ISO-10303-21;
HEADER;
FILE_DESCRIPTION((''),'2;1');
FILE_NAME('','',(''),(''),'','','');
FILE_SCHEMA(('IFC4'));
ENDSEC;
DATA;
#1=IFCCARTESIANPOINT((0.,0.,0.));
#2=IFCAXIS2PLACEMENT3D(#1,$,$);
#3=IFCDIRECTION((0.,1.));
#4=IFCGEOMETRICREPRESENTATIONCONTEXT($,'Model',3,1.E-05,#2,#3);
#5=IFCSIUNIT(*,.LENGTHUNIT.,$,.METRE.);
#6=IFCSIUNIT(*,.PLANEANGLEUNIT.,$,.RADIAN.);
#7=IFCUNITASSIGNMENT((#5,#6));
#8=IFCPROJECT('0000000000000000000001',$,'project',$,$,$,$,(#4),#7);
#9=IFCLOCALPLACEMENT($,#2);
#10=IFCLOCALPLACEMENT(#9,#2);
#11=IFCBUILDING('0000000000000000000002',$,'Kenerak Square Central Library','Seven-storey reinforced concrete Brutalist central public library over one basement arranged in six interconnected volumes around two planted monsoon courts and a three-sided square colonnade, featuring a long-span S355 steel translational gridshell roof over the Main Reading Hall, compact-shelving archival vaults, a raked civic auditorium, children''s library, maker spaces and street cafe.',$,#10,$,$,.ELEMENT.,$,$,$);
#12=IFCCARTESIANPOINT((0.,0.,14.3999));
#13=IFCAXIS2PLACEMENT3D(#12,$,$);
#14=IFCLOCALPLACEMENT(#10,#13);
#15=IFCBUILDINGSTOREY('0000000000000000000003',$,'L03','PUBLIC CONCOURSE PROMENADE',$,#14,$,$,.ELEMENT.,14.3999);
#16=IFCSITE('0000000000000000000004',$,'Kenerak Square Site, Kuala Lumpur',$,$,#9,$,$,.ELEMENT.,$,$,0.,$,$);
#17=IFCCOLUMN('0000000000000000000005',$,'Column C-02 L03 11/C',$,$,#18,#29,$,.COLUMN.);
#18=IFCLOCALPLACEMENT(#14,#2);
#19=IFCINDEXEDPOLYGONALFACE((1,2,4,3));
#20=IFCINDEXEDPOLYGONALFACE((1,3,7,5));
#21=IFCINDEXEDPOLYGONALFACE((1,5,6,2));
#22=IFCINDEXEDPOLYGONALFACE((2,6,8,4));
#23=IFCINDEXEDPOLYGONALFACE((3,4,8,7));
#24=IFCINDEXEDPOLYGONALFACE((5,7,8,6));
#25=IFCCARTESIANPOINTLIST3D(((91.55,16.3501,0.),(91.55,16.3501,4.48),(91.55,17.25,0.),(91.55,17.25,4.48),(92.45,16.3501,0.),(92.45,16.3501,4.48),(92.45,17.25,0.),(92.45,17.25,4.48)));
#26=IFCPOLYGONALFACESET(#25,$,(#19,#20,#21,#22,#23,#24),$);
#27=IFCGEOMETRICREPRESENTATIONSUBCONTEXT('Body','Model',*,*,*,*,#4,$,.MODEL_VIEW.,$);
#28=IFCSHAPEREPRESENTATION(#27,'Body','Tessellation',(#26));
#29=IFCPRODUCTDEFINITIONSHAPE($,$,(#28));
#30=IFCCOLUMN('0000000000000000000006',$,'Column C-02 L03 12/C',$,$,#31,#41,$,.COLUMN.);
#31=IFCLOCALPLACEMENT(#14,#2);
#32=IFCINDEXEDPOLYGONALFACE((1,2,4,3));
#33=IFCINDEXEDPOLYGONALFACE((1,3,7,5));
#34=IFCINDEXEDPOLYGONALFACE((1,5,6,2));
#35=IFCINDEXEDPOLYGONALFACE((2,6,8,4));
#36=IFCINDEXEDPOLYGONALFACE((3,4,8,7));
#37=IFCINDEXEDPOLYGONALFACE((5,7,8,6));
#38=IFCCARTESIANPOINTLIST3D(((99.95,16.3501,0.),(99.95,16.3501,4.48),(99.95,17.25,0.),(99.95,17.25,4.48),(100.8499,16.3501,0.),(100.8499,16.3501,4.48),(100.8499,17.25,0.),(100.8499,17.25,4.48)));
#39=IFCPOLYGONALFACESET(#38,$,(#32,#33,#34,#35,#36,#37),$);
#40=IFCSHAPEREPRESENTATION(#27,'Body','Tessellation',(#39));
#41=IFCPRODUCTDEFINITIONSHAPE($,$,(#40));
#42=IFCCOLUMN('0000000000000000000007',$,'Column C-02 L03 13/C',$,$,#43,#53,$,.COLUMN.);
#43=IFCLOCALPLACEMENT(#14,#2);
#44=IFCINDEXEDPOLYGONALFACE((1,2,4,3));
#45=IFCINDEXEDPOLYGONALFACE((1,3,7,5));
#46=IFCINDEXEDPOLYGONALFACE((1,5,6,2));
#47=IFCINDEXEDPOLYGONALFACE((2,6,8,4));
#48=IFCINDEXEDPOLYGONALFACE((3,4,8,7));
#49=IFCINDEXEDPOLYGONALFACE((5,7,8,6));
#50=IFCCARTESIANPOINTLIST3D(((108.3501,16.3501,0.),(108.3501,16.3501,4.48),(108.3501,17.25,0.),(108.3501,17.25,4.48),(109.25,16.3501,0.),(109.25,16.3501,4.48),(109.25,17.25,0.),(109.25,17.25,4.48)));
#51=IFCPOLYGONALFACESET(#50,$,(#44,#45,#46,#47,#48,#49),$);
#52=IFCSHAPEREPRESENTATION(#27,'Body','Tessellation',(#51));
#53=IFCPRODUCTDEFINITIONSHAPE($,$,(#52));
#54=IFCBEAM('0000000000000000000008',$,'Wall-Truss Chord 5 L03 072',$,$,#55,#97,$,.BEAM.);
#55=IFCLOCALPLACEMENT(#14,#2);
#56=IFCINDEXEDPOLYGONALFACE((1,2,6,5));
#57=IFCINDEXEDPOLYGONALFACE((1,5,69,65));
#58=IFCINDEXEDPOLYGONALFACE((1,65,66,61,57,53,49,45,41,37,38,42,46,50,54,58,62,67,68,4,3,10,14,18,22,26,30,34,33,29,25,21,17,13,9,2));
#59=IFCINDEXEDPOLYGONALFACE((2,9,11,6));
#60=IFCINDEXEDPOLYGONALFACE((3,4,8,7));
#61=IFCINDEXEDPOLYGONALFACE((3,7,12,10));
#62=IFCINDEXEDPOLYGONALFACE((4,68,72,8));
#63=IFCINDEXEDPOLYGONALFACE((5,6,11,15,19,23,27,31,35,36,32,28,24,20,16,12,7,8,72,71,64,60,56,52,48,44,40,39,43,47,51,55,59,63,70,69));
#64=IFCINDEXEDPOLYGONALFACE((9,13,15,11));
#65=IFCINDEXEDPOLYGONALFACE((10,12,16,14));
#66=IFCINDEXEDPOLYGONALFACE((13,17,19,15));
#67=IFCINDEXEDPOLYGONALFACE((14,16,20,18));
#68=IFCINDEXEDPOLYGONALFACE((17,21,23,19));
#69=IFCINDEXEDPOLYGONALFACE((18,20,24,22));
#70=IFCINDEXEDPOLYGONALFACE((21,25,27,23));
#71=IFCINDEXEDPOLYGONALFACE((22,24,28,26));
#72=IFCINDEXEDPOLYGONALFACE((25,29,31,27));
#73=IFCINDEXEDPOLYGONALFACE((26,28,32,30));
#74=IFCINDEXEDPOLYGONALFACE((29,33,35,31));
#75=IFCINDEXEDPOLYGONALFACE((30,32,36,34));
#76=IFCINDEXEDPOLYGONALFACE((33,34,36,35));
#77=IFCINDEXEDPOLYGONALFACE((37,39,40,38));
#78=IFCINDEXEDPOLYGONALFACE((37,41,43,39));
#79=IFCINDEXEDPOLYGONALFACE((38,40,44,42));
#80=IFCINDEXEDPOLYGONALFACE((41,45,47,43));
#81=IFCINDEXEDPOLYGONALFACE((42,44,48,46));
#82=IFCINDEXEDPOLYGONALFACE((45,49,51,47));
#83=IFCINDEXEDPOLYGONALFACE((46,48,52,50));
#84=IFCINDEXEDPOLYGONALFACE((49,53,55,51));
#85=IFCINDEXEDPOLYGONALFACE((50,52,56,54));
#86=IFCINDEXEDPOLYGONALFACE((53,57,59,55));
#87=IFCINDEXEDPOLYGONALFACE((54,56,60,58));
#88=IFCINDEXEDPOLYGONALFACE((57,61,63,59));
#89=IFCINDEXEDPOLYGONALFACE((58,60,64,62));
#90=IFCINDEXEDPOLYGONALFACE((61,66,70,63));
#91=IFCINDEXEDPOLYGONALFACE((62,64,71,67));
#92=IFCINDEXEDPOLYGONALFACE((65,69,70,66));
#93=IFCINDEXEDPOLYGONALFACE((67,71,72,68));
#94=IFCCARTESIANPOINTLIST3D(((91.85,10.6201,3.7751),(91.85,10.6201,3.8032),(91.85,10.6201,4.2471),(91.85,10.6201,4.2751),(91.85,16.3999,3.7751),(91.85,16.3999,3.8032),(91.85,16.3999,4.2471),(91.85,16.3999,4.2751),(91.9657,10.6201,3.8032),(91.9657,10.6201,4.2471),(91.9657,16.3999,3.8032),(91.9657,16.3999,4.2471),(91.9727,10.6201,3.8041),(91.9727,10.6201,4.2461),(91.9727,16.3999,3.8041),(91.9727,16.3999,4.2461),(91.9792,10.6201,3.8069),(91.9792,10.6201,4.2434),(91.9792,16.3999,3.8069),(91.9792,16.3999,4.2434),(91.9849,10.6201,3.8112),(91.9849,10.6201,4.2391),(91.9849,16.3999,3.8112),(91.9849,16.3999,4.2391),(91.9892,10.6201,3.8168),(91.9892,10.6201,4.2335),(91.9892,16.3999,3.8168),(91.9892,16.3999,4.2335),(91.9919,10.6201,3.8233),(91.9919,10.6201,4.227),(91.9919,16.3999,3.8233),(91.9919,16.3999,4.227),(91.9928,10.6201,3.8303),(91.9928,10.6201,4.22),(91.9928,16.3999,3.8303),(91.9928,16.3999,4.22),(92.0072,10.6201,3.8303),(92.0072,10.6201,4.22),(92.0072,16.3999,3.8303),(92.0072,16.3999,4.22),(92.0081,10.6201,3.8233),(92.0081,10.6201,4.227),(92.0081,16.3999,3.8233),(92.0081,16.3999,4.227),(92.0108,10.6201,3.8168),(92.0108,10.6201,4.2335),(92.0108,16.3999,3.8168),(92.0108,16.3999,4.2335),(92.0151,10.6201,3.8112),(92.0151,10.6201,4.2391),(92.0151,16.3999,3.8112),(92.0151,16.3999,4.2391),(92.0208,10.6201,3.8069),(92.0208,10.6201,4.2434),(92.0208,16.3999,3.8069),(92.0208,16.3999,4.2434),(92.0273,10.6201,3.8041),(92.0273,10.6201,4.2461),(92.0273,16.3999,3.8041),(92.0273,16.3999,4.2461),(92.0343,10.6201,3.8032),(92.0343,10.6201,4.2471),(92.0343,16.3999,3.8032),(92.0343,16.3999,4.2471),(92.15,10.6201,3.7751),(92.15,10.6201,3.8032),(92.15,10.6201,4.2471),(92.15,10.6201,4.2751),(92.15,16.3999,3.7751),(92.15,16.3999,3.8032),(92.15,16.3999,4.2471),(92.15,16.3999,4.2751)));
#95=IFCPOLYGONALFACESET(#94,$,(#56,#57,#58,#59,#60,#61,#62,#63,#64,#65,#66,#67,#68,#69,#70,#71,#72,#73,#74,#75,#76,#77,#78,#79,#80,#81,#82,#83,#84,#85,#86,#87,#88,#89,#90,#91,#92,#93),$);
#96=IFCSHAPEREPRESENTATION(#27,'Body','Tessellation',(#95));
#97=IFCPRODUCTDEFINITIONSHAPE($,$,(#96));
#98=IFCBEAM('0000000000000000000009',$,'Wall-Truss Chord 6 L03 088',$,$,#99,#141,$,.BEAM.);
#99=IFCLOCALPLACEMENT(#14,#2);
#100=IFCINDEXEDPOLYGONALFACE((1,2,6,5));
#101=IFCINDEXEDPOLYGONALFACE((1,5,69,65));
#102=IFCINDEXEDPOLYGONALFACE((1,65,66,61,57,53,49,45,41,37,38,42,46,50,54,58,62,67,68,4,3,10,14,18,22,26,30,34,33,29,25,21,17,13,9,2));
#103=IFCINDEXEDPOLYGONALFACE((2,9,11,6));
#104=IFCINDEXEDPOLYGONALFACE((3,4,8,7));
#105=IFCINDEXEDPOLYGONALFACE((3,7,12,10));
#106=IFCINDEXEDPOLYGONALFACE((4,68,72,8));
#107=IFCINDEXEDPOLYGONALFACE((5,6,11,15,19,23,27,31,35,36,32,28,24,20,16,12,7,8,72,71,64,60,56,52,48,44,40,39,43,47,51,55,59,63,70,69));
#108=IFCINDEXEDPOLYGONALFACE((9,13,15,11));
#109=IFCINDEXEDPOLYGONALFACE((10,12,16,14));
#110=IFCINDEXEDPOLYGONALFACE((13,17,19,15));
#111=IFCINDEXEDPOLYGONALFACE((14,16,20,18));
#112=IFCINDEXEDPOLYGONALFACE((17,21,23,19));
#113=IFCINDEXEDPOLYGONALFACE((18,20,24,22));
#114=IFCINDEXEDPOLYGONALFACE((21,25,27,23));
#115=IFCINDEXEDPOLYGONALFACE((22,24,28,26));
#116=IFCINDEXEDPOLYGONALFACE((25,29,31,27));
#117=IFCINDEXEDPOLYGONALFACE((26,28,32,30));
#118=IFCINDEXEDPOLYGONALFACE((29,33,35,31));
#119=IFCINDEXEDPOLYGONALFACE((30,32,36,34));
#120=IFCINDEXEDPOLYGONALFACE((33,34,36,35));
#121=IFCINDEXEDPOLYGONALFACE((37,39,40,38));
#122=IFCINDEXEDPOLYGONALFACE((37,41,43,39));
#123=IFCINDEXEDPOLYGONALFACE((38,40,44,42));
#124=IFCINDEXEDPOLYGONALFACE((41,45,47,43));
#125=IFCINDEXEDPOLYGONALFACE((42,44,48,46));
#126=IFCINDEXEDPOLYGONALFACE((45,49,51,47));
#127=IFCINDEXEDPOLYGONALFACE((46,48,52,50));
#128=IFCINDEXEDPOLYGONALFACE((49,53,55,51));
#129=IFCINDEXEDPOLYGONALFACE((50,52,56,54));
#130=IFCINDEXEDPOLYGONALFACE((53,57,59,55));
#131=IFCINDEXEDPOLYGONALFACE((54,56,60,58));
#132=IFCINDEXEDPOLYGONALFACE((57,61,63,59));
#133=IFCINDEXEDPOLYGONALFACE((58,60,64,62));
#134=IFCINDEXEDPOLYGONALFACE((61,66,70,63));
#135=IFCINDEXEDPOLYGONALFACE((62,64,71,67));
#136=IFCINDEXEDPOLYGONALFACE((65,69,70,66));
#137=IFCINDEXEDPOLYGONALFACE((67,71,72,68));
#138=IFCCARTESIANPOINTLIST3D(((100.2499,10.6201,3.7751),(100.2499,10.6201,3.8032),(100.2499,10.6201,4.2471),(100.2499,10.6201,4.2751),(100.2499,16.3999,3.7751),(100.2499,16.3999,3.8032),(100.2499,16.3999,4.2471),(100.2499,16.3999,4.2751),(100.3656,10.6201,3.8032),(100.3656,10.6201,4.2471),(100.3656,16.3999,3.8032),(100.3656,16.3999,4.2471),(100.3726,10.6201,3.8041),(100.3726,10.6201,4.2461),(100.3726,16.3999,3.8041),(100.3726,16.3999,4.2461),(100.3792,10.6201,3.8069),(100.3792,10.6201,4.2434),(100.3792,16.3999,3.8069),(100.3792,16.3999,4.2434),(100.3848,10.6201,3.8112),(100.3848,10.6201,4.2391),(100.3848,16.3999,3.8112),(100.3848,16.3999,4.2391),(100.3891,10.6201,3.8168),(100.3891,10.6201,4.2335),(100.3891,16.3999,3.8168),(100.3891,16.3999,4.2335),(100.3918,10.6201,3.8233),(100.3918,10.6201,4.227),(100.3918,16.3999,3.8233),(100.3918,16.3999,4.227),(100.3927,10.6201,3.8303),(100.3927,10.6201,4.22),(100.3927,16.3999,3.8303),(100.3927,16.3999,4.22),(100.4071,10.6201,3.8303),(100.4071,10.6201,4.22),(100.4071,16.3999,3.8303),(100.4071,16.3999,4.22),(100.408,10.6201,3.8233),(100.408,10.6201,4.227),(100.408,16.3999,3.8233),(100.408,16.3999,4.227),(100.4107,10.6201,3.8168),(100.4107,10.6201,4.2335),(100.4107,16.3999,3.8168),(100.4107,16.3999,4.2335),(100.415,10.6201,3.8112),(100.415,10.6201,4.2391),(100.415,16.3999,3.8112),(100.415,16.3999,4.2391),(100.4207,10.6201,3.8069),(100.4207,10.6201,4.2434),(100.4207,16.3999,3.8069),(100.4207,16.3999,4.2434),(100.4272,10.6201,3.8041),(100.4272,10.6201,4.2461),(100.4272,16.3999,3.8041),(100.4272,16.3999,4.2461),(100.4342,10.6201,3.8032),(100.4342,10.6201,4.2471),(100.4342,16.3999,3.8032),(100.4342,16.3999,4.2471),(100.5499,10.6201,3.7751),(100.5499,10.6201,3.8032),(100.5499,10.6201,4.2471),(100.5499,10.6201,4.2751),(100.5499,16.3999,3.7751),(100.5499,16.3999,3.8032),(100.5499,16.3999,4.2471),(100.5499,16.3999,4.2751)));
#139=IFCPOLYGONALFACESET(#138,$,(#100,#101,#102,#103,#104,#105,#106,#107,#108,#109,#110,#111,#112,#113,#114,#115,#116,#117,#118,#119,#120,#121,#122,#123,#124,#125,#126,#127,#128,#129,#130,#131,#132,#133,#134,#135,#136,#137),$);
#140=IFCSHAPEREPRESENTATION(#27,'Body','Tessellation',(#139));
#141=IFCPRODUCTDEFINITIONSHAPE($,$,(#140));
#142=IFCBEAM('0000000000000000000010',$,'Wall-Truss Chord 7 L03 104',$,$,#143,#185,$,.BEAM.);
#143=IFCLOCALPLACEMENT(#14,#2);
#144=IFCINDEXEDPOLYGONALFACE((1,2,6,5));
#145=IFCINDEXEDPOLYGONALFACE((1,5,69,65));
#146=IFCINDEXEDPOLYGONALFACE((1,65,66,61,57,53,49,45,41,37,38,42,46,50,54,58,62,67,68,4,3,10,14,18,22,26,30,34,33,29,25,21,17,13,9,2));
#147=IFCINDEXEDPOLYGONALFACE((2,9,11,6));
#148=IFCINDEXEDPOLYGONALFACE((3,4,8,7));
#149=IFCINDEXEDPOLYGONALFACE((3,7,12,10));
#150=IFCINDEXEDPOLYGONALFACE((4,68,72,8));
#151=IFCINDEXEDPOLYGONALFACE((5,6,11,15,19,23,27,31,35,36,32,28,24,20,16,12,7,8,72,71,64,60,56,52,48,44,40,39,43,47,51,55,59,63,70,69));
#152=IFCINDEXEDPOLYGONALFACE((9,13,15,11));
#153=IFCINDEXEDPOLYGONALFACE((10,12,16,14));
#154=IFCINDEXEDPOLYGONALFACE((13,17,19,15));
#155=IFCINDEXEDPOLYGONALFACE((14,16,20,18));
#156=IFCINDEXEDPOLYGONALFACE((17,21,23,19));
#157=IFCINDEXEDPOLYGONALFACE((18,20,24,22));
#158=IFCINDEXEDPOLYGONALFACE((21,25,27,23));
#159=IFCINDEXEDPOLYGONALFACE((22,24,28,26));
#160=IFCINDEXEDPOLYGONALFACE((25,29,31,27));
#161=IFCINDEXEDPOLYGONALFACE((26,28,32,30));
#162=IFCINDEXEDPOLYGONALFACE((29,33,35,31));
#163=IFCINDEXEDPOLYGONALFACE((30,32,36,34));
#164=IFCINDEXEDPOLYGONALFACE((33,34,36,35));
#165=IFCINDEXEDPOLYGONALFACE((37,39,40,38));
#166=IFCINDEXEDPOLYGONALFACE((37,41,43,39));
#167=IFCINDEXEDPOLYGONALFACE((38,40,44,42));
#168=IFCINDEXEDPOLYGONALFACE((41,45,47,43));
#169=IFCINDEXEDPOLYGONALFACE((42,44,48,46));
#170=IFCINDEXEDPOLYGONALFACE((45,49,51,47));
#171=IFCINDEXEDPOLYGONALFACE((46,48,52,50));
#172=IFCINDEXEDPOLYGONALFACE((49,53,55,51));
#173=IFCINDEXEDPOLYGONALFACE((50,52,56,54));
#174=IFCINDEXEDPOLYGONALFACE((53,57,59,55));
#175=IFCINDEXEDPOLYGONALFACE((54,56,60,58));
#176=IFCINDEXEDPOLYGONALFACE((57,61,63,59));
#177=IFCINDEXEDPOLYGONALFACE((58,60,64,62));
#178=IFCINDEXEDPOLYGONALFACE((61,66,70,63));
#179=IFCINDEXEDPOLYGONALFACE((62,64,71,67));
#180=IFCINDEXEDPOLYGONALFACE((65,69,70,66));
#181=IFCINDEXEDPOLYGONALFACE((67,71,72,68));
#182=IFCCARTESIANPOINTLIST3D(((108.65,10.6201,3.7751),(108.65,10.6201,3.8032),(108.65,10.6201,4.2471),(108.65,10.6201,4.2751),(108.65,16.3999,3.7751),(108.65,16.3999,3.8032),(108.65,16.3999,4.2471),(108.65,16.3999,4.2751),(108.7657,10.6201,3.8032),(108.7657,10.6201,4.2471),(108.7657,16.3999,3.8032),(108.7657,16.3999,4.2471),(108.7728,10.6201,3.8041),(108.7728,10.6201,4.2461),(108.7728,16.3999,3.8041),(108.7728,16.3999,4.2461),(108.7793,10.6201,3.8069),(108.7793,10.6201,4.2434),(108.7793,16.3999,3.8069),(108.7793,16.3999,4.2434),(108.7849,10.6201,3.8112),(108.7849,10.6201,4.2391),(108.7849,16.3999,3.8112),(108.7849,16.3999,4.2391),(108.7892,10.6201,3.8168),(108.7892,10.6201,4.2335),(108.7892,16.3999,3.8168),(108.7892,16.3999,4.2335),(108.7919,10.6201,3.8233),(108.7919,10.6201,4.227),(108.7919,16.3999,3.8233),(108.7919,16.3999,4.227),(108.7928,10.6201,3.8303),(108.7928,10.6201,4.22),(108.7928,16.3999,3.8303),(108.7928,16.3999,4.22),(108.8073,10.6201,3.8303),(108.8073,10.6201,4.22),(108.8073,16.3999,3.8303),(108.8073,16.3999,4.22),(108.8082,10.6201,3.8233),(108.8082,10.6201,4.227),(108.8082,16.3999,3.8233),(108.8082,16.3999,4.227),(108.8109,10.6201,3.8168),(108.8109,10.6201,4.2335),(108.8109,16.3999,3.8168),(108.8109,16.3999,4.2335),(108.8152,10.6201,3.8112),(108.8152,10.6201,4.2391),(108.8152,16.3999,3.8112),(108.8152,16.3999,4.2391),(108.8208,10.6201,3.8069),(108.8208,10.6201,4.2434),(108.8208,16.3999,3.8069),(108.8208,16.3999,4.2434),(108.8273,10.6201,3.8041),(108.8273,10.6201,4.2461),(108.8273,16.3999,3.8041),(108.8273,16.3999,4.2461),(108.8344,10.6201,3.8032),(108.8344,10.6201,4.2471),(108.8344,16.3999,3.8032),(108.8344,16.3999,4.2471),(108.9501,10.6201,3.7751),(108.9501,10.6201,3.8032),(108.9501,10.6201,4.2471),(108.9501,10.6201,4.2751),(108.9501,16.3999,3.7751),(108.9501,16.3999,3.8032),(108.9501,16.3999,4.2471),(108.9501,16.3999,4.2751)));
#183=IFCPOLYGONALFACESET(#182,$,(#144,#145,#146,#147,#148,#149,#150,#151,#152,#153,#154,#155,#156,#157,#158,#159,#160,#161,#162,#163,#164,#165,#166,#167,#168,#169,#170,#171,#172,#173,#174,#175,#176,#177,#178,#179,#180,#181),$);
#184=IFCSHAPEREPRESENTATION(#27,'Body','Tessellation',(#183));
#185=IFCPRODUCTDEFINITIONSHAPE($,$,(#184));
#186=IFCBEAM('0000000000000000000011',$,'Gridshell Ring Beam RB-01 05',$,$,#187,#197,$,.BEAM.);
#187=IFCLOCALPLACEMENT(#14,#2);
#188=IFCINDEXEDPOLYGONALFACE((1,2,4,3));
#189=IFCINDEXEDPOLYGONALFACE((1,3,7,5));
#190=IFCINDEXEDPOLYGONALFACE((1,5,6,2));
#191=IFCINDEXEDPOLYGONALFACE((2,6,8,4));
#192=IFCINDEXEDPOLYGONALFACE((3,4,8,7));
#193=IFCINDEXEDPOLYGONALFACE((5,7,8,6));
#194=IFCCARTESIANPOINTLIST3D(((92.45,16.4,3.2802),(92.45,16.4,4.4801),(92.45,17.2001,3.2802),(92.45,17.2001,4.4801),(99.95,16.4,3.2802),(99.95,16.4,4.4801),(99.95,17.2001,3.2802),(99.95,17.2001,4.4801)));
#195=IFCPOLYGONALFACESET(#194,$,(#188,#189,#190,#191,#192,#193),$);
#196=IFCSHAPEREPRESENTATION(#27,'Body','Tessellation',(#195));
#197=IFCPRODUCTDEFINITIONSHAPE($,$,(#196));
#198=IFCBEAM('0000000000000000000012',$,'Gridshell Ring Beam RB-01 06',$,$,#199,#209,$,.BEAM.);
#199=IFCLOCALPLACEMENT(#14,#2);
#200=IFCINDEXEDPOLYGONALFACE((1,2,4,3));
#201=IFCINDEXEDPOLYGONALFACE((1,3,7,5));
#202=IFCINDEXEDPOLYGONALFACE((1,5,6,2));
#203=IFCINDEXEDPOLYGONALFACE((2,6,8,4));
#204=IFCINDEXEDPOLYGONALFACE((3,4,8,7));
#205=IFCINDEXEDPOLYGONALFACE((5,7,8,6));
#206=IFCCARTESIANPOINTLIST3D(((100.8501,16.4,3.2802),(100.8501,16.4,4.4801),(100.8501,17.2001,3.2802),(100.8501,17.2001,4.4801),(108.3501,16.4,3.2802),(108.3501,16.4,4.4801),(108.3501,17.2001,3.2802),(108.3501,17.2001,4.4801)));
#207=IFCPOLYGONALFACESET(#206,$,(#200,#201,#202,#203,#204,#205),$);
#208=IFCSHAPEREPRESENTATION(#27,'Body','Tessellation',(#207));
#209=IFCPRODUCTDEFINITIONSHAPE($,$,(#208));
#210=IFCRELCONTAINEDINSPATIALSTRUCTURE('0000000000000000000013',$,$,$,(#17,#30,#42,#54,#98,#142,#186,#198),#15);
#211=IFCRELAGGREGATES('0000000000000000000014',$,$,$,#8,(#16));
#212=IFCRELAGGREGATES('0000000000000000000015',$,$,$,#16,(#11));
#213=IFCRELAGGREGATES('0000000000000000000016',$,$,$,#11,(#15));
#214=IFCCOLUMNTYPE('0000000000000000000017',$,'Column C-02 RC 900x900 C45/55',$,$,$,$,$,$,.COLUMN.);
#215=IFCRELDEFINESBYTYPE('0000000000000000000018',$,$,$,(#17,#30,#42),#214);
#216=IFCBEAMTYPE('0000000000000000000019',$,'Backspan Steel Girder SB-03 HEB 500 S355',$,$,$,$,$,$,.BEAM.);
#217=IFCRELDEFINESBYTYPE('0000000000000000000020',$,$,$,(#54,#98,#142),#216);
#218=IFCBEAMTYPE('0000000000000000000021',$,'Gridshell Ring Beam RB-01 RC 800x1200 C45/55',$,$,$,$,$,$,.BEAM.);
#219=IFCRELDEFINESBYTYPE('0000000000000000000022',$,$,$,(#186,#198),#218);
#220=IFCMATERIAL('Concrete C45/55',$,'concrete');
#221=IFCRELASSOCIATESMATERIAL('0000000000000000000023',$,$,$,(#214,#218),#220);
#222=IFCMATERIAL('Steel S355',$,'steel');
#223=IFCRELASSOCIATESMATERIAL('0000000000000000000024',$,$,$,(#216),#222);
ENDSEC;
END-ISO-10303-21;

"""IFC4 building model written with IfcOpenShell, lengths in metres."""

from ifc_helpers import new_model, si_unit, direction, frame, origin, origin_2d, place, context, subcontext, project, spatial, rectangle, i_section, extrude, material, material_profile, profile_set, type_object, element, save


model = new_model("IFC4")

# Units and contexts
model_context = context("Model", 3, precision=1e-05, world=origin(), true_north=direction((0.0, 1.0)))
body_context = subcontext(model_context, "Body", "Model", "MODEL_VIEW")
ifc_project = project(units=[si_unit("LENGTHUNIT", "METRE"), si_unit("PLANEANGLEUNIT", "RADIAN")], contexts=[model_context])

# Site, building, storey
site_placement = place(None, origin())
site = spatial("IfcSite", under=ifc_project, at=site_placement, Name="Kenerak Square Site, Kuala Lumpur", CompositionType="ELEMENT", RefElevation=0.0)
building_placement = place(site_placement, origin())
building = spatial("IfcBuilding", under=site, at=building_placement, Name="Kenerak Square Central Library", Description="Seven-storey reinforced concrete Brutalist central public library over one basement arranged in six interconnected volumes around two planted monsoon courts and a three-sided square colonnade, featuring a long-span S355 steel translational gridshell roof over the Main Reading Hall, compact-shelving archival vaults, a raked civic auditorium, children's library, maker spaces and street cafe.", CompositionType="ELEMENT")
storey_placement = place(building_placement, frame((0.0, 0.0, 14.3999)))
storey = spatial("IfcBuildingStorey", under=building, at=storey_placement, Name="L03", Description="PUBLIC CONCOURSE PROMENADE", CompositionType="ELEMENT", Elevation=14.3999)

# Columns
ifc_material_1 = material(Name="Concrete C45/55", Category="concrete")
ifc_material_profile_1 = material_profile(ifc_material_1, rectangle(XDim=0.8999, YDim=0.8999, at=origin_2d()), Name="RC 900x900")
ifc_profile_set_1 = profile_set([ifc_material_profile_1], Name="Concrete C45/55")
column_type = type_object("IfcColumnType", Name="Column C-02 RC 900x900 C45/55", PredefinedType="COLUMN", material=ifc_profile_set_1)
for number, where, z_axis, x_axis, name in (
    (1, (92.0, 16.8, 0.0), (0.0, 0.0, 1.0), (1.0, 0.0, 0.0), "Column C-02 L03 11/C"),
    (2, (100.3999, 16.8, 0.0), (0.0, 0.0, 1.0), (1.0, 0.0, 0.0), "Column C-02 L03 12/C"),
    (3, (108.8, 16.8, 0.0), (0.0, 0.0, 1.0), (1.0, 0.0, 0.0), "Column C-02 L03 13/C"),
):
    element("IfcColumn", number, at=place(storey_placement, frame(where, z_axis=z_axis, x_axis=x_axis)), inside=storey, type_object=column_type, Name=name, PredefinedType="COLUMN", context=body_context, shape_type="SweptSolid", body=[
        extrude(rectangle(XDim=0.8999, YDim=0.8999, at=origin_2d()), origin(), (0.0, 0.0, 1.0), 4.48),
    ])

# Beams
ifc_material_2 = material(Name="Steel S355", Category="steel")
ifc_material_profile_2 = material_profile(ifc_material_2, i_section(OverallWidth=0.3, OverallDepth=0.5, WebThickness=0.0144, FlangeThickness=0.0281, FilletRadius=0.0271, at=origin_2d()), Name="HEB 500")
ifc_profile_set_2 = profile_set([ifc_material_profile_2], Name="Steel S355")
beam_type_1 = type_object("IfcBeamType", Name="Backspan Steel Girder SB-03 HEB 500 S355", PredefinedType="BEAM", material=ifc_profile_set_2)
for number, where, z_axis, x_axis, name in (
    (4, (92.0, 10.6201, 4.0251), (0.0, 1.0, 0.0), (-1.0, 0.0, 0.0), "Wall-Truss Chord 5 L03 072"),
    (5, (100.3999, 10.6201, 4.0251), (0.0, 1.0, 0.0), (-1.0, 0.0, 0.0), "Wall-Truss Chord 6 L03 088"),
    (6, (108.8, 10.6201, 4.0251), (0.0, 1.0, 0.0), (-1.0, 0.0, 0.0), "Wall-Truss Chord 7 L03 104"),
):
    element("IfcBeam", number, at=place(storey_placement, frame(where, z_axis=z_axis, x_axis=x_axis)), inside=storey, type_object=beam_type_1, Name=name, PredefinedType="BEAM", context=body_context, shape_type="SweptSolid", body=[
        extrude(i_section(OverallWidth=0.3, OverallDepth=0.5, WebThickness=0.0144, FlangeThickness=0.0281, FilletRadius=0.0271, at=origin_2d()), origin(), (0.0, 0.0, 1.0), 5.7798),
    ])
ifc_material_profile_3 = material_profile(ifc_material_1, rectangle(XDim=0.8, YDim=1.2, at=origin_2d()), Name="RC 800x1200")
ifc_profile_set_3 = profile_set([ifc_material_profile_3], Name="Concrete C45/55")
beam_type_2 = type_object("IfcBeamType", Name="Gridshell Ring Beam RB-01 RC 800x1200 C45/55", PredefinedType="BEAM", material=ifc_profile_set_3)
for number, where, z_axis, x_axis, name in (
    (7, (92.45, 16.8, 3.8801), (1.0, 0.0, 0.0), (0.0, 1.0, 0.0), "Gridshell Ring Beam RB-01 05"),
    (8, (100.8501, 16.8, 3.8801), (1.0, 0.0, 0.0), (0.0, 1.0, 0.0), "Gridshell Ring Beam RB-01 06"),
):
    element("IfcBeam", number, at=place(storey_placement, frame(where, z_axis=z_axis, x_axis=x_axis)), inside=storey, type_object=beam_type_2, Name=name, PredefinedType="BEAM", context=body_context, shape_type="SweptSolid", body=[
        extrude(rectangle(XDim=0.8, YDim=1.2, at=origin_2d()), origin(), (0.0, 0.0, 1.0), 7.5),
    ])

save(model, "model.ifc")
